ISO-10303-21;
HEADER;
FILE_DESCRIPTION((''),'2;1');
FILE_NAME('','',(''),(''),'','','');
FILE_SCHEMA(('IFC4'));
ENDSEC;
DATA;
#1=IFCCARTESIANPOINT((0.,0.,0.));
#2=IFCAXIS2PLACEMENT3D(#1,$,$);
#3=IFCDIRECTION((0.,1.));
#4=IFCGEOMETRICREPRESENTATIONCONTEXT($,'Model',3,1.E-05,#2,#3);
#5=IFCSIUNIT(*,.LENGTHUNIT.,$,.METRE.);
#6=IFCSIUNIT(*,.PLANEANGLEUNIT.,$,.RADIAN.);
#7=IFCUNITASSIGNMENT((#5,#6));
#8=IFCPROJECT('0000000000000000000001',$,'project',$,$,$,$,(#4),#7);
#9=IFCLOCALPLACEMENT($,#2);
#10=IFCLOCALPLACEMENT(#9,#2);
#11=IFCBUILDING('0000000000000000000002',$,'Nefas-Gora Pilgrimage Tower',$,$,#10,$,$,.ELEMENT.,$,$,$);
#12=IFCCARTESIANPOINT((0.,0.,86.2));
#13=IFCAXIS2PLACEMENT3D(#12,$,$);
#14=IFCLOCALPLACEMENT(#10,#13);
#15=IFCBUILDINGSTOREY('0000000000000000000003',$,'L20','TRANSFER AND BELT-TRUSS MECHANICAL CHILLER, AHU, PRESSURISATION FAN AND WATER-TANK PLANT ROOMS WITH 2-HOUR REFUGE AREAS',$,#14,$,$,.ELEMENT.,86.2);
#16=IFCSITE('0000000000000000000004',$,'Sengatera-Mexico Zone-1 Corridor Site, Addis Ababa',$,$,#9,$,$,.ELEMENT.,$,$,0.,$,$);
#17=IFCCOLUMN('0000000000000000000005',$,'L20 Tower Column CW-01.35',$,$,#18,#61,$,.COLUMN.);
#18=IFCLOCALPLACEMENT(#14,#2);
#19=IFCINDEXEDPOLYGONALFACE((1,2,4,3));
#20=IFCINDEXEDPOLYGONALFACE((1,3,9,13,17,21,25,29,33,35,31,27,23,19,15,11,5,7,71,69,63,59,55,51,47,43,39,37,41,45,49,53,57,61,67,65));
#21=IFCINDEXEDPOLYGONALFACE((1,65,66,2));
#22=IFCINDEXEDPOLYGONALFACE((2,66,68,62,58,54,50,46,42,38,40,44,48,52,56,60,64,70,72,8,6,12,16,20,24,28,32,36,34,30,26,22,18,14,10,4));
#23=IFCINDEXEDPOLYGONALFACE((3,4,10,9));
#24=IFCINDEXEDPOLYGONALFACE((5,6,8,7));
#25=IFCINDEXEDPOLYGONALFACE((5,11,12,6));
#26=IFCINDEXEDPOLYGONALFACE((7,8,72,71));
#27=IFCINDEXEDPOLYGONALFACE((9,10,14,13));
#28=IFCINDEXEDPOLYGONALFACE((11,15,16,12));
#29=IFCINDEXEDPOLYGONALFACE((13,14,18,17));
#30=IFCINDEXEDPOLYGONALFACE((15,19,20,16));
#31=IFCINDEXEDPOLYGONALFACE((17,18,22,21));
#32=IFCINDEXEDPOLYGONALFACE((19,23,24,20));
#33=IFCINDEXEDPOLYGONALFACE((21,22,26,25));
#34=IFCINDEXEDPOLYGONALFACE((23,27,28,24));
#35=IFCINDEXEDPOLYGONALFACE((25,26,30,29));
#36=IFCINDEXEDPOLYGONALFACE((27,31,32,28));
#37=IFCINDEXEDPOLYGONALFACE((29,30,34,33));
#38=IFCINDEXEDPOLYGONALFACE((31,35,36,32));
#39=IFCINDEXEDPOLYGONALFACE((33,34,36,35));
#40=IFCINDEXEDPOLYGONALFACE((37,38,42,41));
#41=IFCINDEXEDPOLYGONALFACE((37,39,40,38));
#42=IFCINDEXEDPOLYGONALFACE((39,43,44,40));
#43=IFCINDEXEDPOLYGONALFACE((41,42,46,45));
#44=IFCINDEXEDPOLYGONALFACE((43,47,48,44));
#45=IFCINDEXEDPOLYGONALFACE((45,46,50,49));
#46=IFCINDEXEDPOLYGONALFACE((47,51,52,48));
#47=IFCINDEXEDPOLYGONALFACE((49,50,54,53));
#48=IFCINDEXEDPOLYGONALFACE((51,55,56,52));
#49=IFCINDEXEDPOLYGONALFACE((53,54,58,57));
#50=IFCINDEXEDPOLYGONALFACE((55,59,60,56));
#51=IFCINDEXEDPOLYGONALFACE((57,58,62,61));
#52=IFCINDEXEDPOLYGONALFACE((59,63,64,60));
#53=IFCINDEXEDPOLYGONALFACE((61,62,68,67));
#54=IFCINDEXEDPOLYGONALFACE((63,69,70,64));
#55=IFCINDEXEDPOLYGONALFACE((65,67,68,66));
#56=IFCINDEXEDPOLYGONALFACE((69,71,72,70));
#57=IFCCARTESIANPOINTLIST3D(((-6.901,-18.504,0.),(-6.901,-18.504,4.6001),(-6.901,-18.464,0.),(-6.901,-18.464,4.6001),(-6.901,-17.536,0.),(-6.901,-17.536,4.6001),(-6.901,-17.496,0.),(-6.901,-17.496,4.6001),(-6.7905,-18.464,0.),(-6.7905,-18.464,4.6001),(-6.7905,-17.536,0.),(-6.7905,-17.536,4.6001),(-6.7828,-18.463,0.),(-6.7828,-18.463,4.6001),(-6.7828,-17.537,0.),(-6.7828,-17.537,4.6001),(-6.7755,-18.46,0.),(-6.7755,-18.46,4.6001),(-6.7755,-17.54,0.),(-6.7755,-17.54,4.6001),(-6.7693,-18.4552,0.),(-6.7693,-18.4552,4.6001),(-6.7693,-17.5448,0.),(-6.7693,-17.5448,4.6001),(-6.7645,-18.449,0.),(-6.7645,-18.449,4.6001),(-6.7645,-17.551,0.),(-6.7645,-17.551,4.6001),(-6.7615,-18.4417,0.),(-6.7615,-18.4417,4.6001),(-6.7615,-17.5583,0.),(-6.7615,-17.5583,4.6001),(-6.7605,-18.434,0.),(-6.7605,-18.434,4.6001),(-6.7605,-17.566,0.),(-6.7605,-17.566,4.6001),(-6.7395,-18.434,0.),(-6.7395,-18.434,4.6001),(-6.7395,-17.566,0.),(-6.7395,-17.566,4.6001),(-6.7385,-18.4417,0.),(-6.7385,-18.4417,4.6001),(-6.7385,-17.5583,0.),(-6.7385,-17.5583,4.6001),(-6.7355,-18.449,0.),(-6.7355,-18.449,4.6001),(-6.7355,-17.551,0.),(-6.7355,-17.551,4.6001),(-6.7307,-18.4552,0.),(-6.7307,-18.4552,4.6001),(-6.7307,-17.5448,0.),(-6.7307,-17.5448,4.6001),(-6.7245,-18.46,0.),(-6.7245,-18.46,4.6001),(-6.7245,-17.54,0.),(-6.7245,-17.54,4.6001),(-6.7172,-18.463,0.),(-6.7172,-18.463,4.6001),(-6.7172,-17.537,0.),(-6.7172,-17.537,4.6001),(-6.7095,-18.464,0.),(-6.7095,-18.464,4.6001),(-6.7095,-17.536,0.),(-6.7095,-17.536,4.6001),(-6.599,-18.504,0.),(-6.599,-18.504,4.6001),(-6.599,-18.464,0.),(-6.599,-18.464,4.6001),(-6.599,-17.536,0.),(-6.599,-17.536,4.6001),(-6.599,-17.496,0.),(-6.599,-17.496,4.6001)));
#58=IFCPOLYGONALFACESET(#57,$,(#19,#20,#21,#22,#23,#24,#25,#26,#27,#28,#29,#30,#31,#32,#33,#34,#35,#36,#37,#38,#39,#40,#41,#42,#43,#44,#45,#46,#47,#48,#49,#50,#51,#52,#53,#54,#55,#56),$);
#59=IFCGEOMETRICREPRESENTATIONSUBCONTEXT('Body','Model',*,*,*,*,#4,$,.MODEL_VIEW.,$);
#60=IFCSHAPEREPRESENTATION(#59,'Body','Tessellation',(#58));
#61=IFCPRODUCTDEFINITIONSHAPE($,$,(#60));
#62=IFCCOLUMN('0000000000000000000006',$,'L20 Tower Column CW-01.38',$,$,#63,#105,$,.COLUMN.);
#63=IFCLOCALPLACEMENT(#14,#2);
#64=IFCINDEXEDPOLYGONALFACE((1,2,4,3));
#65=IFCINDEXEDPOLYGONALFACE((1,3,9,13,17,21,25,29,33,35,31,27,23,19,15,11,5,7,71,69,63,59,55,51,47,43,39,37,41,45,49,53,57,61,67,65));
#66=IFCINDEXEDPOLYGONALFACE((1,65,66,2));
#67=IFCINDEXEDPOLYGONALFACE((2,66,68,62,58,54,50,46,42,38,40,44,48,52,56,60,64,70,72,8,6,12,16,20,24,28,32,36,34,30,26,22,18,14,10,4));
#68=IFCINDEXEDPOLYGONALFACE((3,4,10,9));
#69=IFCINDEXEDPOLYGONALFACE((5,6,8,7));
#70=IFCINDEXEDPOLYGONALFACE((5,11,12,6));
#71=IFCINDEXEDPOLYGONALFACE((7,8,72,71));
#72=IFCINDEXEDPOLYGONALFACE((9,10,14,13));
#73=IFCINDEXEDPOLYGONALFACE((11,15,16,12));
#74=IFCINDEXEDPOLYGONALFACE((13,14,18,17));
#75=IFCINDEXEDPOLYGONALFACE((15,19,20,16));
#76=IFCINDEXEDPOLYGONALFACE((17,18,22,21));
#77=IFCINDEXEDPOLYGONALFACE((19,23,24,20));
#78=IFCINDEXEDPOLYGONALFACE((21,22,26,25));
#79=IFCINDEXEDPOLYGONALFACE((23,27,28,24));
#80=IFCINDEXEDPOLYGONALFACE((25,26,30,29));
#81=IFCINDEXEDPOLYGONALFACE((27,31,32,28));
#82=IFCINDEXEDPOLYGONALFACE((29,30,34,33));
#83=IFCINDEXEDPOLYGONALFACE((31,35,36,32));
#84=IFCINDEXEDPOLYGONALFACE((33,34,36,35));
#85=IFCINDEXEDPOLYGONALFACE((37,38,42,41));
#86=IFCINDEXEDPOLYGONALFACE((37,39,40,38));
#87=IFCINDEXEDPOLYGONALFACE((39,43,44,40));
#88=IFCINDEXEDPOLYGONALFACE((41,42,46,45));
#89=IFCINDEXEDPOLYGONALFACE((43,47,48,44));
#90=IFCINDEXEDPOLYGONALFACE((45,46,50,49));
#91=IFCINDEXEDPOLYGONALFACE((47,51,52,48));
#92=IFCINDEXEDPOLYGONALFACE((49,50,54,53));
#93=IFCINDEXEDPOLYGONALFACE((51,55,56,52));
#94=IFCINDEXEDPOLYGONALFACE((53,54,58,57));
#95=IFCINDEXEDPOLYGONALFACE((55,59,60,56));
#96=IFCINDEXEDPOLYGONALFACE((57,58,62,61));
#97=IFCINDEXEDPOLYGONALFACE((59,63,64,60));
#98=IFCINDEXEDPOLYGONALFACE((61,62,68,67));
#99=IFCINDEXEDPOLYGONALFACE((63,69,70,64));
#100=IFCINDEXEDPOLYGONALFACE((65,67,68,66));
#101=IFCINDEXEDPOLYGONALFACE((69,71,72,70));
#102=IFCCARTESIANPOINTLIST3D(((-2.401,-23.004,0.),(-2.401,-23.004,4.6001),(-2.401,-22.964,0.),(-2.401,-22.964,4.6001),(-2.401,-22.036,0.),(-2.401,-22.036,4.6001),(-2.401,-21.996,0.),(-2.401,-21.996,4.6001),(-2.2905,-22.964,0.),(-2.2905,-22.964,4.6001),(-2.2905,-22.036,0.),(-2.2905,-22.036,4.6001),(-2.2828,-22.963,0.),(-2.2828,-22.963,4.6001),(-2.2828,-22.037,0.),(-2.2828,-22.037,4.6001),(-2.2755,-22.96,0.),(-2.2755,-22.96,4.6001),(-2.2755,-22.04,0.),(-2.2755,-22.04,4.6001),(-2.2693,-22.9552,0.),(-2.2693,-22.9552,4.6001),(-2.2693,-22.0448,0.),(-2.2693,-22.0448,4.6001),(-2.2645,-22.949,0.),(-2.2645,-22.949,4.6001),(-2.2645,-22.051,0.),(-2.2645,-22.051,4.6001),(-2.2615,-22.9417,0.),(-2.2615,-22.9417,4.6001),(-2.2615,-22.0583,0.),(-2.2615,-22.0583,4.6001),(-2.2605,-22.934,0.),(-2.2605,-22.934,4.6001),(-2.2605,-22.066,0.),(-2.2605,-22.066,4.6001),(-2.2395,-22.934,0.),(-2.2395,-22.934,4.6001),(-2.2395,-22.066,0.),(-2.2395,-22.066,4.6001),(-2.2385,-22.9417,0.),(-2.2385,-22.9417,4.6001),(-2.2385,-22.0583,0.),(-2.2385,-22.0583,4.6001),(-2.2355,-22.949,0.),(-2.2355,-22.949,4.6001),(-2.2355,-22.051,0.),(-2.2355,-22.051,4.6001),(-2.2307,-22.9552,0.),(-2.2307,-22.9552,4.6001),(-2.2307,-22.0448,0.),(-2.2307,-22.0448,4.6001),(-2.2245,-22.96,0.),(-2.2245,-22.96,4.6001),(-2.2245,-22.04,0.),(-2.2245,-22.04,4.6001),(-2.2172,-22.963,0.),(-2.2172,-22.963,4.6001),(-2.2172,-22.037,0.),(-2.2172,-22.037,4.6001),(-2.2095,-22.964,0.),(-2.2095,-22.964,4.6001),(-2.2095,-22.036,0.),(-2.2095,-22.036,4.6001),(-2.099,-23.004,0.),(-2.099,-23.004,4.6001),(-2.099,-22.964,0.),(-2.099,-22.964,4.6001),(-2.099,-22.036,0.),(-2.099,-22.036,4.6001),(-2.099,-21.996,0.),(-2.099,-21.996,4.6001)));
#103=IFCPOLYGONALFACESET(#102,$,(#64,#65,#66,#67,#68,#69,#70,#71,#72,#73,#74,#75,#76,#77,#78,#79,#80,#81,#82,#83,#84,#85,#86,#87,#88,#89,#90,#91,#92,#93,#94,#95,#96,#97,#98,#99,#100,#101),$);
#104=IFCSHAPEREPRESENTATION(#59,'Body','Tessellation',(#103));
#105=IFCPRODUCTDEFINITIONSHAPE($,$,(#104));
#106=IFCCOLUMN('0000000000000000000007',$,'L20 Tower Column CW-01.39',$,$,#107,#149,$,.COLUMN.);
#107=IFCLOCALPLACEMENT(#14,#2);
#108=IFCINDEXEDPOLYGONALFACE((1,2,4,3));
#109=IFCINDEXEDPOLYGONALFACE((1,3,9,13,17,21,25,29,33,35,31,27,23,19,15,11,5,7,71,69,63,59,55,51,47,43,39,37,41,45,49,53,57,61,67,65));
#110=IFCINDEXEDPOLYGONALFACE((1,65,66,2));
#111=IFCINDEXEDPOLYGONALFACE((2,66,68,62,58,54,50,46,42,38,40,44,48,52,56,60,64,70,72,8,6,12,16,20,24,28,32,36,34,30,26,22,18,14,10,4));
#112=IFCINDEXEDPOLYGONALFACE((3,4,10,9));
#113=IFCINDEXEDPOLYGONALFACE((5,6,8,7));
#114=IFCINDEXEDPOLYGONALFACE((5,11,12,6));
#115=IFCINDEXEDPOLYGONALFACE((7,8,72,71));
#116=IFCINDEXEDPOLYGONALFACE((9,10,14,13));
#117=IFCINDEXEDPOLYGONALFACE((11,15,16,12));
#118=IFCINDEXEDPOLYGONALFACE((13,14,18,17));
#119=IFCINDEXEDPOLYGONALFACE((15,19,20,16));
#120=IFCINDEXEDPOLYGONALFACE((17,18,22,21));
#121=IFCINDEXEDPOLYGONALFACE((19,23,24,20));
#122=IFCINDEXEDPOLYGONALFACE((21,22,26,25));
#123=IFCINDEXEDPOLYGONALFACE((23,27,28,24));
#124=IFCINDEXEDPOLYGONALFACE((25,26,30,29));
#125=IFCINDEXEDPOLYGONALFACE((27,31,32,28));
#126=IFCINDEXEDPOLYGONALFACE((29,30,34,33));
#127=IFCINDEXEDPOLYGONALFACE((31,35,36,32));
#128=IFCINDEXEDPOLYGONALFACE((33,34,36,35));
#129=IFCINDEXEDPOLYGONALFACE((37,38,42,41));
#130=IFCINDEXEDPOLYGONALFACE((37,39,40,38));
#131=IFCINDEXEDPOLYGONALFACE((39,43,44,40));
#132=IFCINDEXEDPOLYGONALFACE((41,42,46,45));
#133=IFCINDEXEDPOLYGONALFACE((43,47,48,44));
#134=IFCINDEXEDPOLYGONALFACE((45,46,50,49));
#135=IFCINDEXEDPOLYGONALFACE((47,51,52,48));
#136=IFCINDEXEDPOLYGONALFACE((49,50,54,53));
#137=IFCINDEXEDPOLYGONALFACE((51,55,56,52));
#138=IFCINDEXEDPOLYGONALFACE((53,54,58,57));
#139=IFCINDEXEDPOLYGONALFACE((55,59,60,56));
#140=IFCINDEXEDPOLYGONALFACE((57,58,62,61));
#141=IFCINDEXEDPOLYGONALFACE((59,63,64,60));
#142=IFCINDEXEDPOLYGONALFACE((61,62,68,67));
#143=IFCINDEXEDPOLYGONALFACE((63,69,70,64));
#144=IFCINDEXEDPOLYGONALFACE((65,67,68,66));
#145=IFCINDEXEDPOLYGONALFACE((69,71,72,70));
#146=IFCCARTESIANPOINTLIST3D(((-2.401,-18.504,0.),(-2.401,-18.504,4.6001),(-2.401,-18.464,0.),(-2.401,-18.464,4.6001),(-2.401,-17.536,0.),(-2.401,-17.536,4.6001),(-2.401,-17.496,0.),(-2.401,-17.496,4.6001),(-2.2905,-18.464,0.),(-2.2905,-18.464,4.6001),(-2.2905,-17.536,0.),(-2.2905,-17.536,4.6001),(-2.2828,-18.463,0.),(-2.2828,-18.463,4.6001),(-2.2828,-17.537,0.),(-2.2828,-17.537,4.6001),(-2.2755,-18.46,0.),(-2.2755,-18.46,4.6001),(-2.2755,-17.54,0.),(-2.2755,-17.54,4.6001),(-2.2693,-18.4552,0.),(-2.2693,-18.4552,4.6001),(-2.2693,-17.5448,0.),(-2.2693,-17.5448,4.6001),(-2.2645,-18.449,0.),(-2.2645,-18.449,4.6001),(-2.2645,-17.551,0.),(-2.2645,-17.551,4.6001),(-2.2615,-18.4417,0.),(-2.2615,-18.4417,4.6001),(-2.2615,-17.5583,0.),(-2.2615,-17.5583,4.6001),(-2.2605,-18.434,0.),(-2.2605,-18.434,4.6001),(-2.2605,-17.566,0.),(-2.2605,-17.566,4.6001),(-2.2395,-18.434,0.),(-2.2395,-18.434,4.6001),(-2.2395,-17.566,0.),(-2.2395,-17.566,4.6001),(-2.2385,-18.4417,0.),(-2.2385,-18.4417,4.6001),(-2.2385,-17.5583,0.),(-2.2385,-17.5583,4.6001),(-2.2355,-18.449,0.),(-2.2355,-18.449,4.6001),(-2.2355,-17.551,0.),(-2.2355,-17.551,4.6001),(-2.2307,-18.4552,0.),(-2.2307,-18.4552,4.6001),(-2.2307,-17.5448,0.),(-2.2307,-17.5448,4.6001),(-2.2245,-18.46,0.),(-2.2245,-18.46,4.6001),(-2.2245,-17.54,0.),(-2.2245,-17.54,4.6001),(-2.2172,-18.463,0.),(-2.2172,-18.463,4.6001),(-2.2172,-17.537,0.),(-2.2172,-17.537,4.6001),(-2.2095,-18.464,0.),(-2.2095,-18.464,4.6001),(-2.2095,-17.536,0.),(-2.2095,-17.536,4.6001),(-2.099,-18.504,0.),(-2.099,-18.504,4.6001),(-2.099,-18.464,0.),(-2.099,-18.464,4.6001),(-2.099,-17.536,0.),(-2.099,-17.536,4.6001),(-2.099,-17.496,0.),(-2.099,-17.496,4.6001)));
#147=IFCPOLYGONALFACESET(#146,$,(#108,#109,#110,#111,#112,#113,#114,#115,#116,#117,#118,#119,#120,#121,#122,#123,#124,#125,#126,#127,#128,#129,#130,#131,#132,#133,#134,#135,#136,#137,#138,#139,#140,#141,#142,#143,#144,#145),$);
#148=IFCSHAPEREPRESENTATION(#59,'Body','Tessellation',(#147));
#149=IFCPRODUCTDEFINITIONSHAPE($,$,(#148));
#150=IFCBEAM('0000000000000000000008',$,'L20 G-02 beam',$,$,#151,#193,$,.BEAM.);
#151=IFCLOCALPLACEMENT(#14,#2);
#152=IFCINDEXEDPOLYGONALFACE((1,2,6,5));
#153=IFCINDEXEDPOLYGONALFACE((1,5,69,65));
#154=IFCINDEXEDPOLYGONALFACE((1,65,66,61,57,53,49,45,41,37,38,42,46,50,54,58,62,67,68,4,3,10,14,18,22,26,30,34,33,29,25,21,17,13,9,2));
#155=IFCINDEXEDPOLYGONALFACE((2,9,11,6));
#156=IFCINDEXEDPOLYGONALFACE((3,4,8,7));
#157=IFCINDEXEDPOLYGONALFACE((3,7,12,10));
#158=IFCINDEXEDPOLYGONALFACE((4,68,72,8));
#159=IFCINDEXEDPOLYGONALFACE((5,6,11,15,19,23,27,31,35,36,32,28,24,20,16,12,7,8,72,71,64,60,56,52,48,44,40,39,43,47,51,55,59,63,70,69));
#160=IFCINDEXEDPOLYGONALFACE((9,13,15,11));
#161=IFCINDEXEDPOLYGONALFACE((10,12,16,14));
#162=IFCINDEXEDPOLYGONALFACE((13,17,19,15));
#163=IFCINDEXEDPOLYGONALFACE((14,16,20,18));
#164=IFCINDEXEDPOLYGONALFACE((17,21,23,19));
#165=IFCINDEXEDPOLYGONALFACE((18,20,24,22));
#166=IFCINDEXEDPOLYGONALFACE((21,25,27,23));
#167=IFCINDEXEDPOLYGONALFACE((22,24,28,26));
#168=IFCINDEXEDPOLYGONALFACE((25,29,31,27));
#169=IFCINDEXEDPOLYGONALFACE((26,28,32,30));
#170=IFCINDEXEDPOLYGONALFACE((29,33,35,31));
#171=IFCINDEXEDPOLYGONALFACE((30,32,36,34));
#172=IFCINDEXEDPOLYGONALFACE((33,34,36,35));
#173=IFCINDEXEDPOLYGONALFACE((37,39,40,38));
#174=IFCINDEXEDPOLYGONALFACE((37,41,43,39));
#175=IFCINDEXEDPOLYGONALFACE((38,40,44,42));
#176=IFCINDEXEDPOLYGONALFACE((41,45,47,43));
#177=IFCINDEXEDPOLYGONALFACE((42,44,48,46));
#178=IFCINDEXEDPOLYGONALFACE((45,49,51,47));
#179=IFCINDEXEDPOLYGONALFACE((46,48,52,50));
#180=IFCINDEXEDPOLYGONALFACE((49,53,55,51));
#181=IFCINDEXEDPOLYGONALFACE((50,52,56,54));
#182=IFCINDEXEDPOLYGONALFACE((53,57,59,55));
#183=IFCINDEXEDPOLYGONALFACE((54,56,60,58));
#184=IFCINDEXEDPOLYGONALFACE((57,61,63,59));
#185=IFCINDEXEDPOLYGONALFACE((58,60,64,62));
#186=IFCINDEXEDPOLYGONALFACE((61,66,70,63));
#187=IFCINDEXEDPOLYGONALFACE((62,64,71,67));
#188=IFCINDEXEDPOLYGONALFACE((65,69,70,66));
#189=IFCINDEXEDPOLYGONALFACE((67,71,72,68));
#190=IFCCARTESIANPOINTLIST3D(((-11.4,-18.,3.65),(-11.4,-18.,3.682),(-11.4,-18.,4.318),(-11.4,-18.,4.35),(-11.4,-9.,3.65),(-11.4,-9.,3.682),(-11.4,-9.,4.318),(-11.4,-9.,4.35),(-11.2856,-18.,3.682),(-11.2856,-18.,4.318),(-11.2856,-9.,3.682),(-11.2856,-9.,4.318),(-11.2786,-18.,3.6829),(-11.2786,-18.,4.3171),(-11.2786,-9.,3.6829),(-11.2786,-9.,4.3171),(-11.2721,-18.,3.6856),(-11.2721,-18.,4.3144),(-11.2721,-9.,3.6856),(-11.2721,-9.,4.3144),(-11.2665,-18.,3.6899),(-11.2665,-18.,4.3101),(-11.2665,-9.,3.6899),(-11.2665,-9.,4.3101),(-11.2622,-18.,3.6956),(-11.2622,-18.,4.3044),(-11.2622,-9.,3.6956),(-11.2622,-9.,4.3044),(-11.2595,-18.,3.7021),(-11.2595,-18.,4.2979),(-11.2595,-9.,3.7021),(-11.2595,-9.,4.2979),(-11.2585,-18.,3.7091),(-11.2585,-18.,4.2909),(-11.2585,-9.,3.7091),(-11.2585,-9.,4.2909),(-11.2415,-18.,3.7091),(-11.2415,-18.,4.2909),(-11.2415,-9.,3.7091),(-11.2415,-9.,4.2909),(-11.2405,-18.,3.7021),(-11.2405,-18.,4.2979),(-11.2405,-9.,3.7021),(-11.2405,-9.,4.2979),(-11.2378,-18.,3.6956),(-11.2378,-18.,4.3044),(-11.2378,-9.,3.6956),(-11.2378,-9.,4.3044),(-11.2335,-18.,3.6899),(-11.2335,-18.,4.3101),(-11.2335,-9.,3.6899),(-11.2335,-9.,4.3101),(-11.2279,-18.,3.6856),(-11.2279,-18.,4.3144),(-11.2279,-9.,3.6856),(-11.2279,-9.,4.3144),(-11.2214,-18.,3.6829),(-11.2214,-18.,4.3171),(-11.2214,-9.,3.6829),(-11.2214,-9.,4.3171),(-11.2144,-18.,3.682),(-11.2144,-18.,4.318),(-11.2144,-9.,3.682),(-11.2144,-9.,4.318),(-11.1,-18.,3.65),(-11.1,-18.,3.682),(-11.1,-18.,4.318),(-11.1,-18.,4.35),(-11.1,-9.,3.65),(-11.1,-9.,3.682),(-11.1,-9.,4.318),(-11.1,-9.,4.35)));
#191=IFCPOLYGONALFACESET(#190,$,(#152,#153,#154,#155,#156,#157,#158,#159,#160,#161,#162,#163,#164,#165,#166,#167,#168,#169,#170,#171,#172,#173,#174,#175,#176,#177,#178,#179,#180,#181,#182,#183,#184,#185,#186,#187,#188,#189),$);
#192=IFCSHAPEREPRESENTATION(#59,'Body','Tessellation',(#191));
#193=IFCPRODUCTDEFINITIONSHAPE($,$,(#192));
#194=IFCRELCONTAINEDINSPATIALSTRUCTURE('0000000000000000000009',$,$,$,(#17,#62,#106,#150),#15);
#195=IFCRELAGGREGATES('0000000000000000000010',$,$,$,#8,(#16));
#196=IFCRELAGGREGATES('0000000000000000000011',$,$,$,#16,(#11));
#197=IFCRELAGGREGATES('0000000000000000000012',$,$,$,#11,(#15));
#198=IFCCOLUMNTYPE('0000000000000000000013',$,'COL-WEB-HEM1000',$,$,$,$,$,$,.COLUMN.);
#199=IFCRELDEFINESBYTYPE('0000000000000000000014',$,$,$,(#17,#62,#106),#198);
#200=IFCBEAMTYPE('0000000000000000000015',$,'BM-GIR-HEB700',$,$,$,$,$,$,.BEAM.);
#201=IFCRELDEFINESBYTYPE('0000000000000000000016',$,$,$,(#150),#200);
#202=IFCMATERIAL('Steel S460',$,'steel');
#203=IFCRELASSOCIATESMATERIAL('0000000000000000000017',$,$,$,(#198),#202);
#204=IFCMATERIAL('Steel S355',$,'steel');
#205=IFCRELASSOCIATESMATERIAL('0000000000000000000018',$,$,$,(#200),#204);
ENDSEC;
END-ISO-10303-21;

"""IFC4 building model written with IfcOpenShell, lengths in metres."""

from ifc_helpers import new_model, si_unit, direction, frame, origin, origin_2d, place, context, subcontext, project, spatial, i_section, extrude, source, transform, mapped, material, material_profile, profile_set, type_object, element, save


model = new_model("IFC4")

# Units and contexts
model_context = context("Model", 3, precision=1e-05, world=origin(), true_north=direction((0.0, 1.0)))
body_context = subcontext(model_context, "Body", "Model", "MODEL_VIEW")
ifc_project = project(units=[si_unit("LENGTHUNIT", "METRE"), si_unit("PLANEANGLEUNIT", "RADIAN")], contexts=[model_context])

# Site, building, storey
site_placement = place(None, origin())
site = spatial("IfcSite", under=ifc_project, at=site_placement, Name="Sengatera-Mexico Zone-1 Corridor Site, Addis Ababa", CompositionType="ELEMENT", RefElevation=0.0)
building_placement = place(site_placement, origin())
building = spatial("IfcBuilding", under=site, at=building_placement, Name="Nefas-Gora Pilgrimage Tower", CompositionType="ELEMENT")
storey_placement = place(building_placement, frame((0.0, 0.0, 86.2)))
storey = spatial("IfcBuildingStorey", under=building, at=storey_placement, Name="L20", Description="TRANSFER AND BELT-TRUSS MECHANICAL CHILLER, AHU, PRESSURISATION FAN AND WATER-TANK PLANT ROOMS WITH 2-HOUR REFUGE AREAS", CompositionType="ELEMENT", Elevation=86.2)

# Columns
ifc_material_1 = material(Name="Steel S460", Category="steel")
ifc_material_profile_1 = material_profile(ifc_material_1, i_section(OverallWidth=0.302, OverallDepth=1.0081, WebThickness=0.021, FlangeThickness=0.04, FilletRadius=0.03, at=origin_2d()), Name="HEM 1000")
ifc_profile_set_1 = profile_set([ifc_material_profile_1], Name="Steel S460")
column_type_1 = type_object("IfcColumnType", Name="COL-WEB-HEM1000", PredefinedType="COLUMN", material=ifc_profile_set_1)
shared_shape_1 = source(origin(), body_context, "Body", "SweptSolid", [
    extrude(i_section(OverallWidth=0.302, OverallDepth=1.0081, WebThickness=0.021, FlangeThickness=0.04, FilletRadius=0.03, at=origin_2d()), origin(), (0.0, 0.0, 1.0), 4.6001),
])
for number, where, z_axis, x_axis, name in (
    (1, (-6.75, -18.0, 0.0), (0.0, 0.0, 1.0), (1.0, 0.0, 0.0), "L20 Tower Column CW-01.35"),
    (2, (-2.25, -22.5, 0.0), (0.0, 0.0, 1.0), (1.0, 0.0, 0.0), "L20 Tower Column CW-01.38"),
    (3, (-2.25, -18.0, 0.0), (0.0, 0.0, 1.0), (1.0, 0.0, 0.0), "L20 Tower Column CW-01.39"),
):
    element("IfcColumn", number, at=place(storey_placement, frame(where, z_axis=z_axis, x_axis=x_axis)), inside=storey, type_object=column_type_1, Name=name, PredefinedType="COLUMN", context=body_context, shape_type="MappedRepresentation", body=[
        mapped(shared_shape_1, transform((0.0, 0.0, 0.0), x_axis=(1.0, 0.0, 0.0), y_axis=(0.0, 1.0, 0.0), z_axis=(0.0, 0.0, 1.0), scale=1.0)),
    ])

# Beam
ifc_material_2 = material(Name="Steel S355", Category="steel")
ifc_material_profile_2 = material_profile(ifc_material_2, i_section(OverallWidth=0.3, OverallDepth=0.7, WebThickness=0.0171, FlangeThickness=0.032, FilletRadius=0.0271, at=origin_2d()), Name="HEB 700")
ifc_profile_set_2 = profile_set([ifc_material_profile_2], Name="Steel S355")
beam_type = type_object("IfcBeamType", Name="BM-GIR-HEB700", PredefinedType="BEAM", material=ifc_profile_set_2)
shared_shape_2 = source(origin(), body_context, "Body", "SweptSolid", [
    extrude(i_section(OverallWidth=0.3, OverallDepth=0.7, WebThickness=0.0171, FlangeThickness=0.032, FilletRadius=0.0271, at=origin_2d()), origin(), (0.0, 0.0, 1.0), 9.0),
])
beam_placement = place(storey_placement, frame((-11.25, -18.0, 4.0), z_axis=(0.0, 1.0, 0.0), x_axis=(-1.0, 0.0, 0.0)))
element("IfcBeam", 4, at=beam_placement, inside=storey, type_object=beam_type, Name="L20 G-02 beam", PredefinedType="BEAM", context=body_context, shape_type="MappedRepresentation", body=[
    mapped(shared_shape_2, transform((0.0, 0.0, 0.0), x_axis=(1.0, 0.0, 0.0), y_axis=(0.0, 1.0, 0.0), z_axis=(0.0, 0.0, 1.0), scale=1.0)),
])

save(model, "model.ifc")
